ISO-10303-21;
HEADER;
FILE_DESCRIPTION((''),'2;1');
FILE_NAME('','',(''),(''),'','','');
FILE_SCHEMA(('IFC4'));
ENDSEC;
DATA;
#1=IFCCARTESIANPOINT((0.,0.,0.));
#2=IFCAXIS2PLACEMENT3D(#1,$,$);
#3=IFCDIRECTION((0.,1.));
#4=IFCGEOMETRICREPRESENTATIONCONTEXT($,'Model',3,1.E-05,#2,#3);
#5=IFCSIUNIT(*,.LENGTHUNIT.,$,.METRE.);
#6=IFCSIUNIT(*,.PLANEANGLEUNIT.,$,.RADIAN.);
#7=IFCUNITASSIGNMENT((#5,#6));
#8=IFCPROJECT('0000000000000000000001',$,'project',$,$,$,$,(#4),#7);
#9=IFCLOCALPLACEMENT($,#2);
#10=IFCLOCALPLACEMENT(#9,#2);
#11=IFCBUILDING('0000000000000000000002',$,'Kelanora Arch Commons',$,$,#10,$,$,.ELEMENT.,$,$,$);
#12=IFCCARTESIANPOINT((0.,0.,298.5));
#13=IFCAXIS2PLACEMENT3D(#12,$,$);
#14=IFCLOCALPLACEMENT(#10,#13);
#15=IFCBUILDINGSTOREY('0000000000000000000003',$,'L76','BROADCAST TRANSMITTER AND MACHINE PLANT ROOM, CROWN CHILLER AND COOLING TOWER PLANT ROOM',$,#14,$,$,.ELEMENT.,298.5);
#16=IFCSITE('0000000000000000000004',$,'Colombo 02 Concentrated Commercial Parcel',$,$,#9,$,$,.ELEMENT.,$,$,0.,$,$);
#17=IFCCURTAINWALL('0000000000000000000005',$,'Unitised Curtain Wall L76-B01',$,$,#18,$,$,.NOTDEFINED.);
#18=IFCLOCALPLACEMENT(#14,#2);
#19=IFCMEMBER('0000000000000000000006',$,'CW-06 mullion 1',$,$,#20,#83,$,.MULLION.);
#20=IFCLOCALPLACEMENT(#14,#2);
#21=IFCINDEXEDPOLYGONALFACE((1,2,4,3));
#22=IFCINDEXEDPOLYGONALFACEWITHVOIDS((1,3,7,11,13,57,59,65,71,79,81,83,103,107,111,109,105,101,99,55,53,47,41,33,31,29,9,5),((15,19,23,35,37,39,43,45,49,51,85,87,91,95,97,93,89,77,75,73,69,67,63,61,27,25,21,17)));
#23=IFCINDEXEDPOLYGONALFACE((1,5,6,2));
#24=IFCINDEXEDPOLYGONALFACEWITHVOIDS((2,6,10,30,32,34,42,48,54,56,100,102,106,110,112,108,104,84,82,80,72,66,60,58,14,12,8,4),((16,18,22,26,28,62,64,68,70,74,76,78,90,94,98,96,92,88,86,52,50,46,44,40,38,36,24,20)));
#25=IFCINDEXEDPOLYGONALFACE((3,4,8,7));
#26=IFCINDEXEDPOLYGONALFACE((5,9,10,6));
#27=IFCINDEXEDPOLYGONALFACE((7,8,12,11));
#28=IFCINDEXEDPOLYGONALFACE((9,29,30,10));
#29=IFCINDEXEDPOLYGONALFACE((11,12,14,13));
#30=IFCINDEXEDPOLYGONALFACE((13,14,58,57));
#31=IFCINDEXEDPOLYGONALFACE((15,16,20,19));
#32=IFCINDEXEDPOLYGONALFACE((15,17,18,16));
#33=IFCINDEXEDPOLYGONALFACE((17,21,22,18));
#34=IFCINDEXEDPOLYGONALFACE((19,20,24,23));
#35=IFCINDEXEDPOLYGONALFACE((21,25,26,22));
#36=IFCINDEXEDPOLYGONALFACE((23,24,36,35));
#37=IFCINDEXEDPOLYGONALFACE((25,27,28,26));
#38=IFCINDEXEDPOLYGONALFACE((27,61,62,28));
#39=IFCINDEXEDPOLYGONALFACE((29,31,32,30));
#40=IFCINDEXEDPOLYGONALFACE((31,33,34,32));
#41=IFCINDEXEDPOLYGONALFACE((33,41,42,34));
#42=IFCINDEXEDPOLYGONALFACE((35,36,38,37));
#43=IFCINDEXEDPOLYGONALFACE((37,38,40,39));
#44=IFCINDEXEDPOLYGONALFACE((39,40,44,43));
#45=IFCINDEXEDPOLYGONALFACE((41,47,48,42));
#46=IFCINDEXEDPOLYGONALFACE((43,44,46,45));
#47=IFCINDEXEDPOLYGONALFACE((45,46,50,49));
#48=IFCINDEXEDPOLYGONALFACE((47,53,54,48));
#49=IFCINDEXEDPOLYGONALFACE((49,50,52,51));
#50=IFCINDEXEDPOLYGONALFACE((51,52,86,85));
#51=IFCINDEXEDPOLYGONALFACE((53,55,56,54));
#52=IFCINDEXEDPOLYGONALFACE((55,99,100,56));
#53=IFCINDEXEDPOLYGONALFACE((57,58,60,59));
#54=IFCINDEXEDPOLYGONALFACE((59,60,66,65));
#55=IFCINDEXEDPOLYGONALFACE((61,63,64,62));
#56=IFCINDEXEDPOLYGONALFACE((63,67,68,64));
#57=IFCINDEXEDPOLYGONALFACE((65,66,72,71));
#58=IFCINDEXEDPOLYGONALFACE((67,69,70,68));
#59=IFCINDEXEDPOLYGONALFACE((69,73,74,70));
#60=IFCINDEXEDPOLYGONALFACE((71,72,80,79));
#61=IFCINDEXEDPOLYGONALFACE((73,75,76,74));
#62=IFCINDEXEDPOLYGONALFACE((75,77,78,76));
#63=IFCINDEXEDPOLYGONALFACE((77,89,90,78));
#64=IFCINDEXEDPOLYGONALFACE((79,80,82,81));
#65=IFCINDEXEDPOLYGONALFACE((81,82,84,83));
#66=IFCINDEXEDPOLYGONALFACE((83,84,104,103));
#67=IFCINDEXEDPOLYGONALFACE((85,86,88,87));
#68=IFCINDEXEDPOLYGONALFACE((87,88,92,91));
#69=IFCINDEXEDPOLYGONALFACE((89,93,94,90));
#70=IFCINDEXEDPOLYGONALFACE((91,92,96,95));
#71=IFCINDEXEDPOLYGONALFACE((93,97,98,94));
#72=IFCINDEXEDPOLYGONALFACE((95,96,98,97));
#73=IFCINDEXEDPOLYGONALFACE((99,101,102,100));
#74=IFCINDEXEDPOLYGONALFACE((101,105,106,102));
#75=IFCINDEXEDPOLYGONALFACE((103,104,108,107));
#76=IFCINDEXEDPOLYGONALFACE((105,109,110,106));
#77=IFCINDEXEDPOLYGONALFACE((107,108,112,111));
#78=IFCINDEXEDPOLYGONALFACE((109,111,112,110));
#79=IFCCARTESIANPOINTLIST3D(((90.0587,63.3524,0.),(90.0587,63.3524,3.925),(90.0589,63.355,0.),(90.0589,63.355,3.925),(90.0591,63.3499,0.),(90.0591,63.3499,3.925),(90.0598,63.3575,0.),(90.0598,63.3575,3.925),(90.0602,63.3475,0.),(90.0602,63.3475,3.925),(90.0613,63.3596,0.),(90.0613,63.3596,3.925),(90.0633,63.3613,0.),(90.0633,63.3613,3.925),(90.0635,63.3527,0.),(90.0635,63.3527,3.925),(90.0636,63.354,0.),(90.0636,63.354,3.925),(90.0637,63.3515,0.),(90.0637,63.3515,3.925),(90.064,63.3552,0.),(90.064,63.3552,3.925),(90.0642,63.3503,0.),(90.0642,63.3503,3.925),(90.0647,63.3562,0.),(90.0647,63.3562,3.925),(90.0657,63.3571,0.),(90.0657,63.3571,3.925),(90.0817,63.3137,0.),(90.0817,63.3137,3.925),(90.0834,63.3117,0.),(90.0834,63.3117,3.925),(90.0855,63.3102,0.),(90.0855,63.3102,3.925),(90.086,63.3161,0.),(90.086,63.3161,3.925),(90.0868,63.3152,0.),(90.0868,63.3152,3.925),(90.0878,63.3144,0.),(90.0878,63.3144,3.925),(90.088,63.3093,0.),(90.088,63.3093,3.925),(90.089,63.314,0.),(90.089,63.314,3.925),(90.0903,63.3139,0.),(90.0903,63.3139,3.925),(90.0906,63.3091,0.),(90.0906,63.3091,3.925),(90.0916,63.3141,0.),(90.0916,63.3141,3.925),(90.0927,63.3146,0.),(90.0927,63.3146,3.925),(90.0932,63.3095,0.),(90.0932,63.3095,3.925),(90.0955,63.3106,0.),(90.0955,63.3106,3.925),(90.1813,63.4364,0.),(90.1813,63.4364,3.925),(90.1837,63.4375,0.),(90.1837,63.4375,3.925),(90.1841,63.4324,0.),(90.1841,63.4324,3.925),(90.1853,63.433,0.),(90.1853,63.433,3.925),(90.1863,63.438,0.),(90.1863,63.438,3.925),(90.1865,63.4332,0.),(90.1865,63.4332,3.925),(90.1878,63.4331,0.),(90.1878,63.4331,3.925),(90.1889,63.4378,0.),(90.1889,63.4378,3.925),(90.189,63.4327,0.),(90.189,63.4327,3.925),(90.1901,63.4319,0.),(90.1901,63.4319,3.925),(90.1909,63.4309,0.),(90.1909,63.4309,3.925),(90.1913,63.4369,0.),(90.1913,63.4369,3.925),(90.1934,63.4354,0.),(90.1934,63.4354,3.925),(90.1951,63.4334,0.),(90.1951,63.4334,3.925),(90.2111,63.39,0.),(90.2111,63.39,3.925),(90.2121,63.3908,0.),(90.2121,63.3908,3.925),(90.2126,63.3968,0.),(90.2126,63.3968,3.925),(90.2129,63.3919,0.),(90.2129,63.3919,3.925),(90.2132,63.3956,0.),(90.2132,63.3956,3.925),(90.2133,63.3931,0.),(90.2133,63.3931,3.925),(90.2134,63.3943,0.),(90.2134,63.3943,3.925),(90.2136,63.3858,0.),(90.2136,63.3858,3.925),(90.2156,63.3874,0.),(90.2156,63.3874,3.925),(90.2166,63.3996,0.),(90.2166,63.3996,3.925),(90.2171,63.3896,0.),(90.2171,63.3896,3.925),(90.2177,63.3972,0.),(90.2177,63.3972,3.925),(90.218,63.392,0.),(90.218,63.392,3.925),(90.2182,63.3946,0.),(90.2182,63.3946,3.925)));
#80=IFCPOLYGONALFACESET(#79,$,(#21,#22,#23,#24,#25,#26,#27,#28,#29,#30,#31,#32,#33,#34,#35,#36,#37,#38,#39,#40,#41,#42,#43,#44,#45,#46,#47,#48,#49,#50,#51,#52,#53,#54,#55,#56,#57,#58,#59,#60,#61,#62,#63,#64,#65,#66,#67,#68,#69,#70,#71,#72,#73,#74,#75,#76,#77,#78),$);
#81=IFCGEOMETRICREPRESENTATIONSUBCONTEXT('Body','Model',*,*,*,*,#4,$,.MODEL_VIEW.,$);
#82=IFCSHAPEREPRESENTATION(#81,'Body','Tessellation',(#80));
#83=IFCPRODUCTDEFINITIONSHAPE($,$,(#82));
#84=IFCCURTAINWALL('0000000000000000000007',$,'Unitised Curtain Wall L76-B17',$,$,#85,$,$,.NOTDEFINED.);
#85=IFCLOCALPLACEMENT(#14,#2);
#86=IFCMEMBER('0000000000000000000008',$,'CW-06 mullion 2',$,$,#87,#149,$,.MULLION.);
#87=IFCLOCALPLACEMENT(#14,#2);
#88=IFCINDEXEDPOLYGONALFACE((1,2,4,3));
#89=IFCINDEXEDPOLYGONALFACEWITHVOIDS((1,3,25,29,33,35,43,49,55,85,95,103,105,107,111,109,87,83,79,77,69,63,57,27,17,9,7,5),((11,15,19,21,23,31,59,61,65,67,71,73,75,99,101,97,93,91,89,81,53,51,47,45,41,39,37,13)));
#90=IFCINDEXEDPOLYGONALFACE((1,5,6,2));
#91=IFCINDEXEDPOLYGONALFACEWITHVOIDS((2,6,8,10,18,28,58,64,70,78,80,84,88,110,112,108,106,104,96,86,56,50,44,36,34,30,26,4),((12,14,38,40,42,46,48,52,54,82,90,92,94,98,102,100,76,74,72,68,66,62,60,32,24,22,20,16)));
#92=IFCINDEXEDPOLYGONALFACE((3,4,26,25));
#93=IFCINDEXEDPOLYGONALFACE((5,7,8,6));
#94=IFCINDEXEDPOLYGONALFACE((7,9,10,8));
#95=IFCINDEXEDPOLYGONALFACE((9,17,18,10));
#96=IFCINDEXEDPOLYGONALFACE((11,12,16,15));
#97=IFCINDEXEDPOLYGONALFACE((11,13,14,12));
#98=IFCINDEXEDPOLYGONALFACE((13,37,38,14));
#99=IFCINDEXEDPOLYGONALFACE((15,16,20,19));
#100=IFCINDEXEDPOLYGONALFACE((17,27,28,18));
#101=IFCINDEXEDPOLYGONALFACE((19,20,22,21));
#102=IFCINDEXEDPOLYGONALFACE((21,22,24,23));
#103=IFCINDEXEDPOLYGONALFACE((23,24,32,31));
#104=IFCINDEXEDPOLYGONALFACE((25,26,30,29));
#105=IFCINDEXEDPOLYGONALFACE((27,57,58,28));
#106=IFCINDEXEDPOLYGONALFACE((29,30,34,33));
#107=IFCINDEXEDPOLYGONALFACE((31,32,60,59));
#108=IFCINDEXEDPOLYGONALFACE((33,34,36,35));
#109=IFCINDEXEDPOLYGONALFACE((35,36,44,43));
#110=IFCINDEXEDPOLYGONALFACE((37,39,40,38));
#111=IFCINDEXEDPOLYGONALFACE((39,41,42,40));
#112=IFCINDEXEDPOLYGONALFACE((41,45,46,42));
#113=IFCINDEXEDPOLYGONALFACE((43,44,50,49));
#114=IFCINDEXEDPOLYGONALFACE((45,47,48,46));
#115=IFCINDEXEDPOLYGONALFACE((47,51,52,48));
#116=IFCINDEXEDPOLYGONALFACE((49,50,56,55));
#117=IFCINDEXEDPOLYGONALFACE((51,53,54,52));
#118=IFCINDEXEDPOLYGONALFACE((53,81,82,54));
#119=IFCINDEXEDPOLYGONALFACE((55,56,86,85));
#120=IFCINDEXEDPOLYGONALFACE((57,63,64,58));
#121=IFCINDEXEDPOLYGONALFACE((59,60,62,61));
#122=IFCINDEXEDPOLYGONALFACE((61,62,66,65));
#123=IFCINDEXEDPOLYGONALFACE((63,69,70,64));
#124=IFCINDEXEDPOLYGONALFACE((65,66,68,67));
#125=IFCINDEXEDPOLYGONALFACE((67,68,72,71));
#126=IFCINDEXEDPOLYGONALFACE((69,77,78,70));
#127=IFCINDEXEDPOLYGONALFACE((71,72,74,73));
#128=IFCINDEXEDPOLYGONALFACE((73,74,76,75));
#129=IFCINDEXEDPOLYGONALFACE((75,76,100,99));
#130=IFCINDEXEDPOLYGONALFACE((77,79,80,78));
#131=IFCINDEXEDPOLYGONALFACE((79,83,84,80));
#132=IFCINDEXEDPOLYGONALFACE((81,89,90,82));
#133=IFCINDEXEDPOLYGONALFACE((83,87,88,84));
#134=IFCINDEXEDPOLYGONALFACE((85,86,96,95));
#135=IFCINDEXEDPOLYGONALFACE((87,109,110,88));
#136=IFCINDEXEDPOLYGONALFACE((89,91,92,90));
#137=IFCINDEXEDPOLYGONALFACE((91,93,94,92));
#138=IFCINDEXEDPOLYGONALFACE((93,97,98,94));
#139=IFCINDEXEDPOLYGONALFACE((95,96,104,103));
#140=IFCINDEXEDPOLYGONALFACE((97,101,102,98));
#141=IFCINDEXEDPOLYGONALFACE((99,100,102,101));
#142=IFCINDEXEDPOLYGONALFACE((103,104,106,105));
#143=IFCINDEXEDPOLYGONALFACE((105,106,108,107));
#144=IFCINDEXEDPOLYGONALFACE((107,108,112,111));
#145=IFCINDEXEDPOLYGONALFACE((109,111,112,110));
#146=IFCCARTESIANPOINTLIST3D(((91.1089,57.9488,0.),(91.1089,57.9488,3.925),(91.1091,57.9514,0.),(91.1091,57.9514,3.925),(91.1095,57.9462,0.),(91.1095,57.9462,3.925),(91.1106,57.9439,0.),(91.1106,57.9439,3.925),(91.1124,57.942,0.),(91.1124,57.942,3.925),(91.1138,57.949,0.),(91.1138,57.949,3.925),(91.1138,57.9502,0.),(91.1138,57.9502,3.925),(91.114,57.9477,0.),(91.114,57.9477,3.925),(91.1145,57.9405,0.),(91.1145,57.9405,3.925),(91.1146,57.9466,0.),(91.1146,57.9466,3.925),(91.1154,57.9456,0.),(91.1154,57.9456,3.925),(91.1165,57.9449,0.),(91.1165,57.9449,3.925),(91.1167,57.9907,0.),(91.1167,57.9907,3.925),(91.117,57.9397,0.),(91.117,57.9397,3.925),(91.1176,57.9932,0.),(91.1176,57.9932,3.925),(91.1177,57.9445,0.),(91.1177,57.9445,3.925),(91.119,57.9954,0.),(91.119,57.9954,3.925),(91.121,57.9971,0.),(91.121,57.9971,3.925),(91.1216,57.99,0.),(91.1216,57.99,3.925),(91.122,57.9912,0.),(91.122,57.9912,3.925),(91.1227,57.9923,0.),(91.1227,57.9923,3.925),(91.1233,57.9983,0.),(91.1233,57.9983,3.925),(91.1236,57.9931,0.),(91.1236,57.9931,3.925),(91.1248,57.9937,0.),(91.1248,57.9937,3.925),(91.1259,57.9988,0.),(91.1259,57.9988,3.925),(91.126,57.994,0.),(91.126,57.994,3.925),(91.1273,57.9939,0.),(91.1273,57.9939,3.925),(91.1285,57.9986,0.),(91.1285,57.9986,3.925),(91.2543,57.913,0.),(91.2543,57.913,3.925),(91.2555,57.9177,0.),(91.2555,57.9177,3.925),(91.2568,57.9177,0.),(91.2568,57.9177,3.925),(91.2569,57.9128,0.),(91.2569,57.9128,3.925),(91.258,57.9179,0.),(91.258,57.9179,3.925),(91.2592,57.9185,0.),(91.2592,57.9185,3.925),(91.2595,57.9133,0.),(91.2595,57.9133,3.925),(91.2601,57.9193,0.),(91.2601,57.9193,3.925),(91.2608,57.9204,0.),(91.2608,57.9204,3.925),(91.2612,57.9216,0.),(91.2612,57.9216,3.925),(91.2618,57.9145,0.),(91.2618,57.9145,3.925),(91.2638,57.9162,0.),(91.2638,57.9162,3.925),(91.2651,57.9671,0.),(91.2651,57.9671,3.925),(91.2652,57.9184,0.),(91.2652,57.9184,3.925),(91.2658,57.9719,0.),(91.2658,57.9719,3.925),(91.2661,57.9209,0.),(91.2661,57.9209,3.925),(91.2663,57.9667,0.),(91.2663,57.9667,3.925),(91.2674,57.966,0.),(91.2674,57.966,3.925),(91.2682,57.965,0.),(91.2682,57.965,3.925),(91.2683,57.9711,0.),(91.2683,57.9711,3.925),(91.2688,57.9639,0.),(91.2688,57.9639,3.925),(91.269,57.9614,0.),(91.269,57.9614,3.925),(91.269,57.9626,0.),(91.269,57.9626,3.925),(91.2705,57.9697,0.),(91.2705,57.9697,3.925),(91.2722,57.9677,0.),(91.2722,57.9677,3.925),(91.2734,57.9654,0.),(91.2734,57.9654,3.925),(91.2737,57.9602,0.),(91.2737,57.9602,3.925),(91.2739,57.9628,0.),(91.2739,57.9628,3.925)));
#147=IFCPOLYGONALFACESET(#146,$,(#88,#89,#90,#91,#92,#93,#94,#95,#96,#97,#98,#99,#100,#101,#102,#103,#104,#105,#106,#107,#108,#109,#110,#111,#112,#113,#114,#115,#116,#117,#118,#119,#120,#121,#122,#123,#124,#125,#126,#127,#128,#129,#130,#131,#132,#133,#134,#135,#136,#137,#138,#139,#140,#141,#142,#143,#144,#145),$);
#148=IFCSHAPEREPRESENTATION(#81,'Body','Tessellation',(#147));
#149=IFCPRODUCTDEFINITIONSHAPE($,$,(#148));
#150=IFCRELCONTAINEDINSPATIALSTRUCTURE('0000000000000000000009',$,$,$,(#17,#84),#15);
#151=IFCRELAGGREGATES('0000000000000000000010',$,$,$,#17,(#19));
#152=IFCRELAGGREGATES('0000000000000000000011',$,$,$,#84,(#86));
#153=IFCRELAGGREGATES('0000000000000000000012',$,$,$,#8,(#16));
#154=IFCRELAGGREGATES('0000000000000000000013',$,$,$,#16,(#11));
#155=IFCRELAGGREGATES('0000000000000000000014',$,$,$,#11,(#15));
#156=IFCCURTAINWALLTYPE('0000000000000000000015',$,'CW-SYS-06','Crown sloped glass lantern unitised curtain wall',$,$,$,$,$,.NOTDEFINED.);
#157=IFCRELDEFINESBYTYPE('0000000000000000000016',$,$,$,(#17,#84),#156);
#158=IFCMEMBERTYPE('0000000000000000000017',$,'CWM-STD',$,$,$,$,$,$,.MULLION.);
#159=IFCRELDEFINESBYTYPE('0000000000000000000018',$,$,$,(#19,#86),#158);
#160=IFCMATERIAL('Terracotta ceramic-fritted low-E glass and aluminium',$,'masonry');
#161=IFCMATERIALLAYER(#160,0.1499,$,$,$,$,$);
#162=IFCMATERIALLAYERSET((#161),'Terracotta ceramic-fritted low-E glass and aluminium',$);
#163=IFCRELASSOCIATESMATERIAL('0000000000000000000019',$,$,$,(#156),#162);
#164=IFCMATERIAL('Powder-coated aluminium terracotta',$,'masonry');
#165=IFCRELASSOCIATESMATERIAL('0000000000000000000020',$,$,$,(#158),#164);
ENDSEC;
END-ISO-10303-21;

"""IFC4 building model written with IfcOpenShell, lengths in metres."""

from ifc_helpers import new_model, si_unit, direction, frame, origin, origin_2d, place, context, subcontext, project, spatial, hollow_rectangle, extrude, material, layer, layer_set, material_profile, profile_set, type_object, element, aggregate, save


model = new_model("IFC4")

# Units and contexts
model_context = context("Model", 3, precision=1e-05, world=origin(), true_north=direction((0.0, 1.0)))
body_context = subcontext(model_context, "Body", "Model", "MODEL_VIEW")
ifc_project = project(units=[si_unit("LENGTHUNIT", "METRE"), si_unit("PLANEANGLEUNIT", "RADIAN")], contexts=[model_context])

# Site, building, storey
site_placement = place(None, origin())
site = spatial("IfcSite", under=ifc_project, at=site_placement, Name="Colombo 02 Concentrated Commercial Parcel", CompositionType="ELEMENT", RefElevation=0.0)
building_placement = place(site_placement, origin())
building = spatial("IfcBuilding", under=site, at=building_placement, Name="Kelanora Arch Commons", CompositionType="ELEMENT")
storey_placement = place(building_placement, frame((0.0, 0.0, 298.5)))
storey = spatial("IfcBuildingStorey", under=building, at=storey_placement, Name="L76", Description="BROADCAST TRANSMITTER AND MACHINE PLANT ROOM, CROWN CHILLER AND COOLING TOWER PLANT ROOM", CompositionType="ELEMENT", Elevation=298.5)

# Shared definitions
ifc_material_1 = material(Name="Terracotta ceramic-fritted low-E glass and aluminium", Category="masonry")
ifc_layer_1 = layer(ifc_material_1, 0.1499)
ifc_layer_set_1 = layer_set([ifc_layer_1], Name="Terracotta ceramic-fritted low-E glass and aluminium")
curtain_wall_type = type_object("IfcCurtainWallType", Name="CW-SYS-06", Description="Crown sloped glass lantern unitised curtain wall", PredefinedType="NOTDEFINED", material=ifc_layer_set_1)
ifc_material_2 = material(Name="Powder-coated aluminium terracotta", Category="masonry")
ifc_material_profile_1 = material_profile(ifc_material_2, hollow_rectangle(XDim=0.1599, YDim=0.0601, WallThickness=0.0049, InnerFilletRadius=0.0049, OuterFilletRadius=0.01, at=origin_2d()), Name="CWM160x60")
ifc_profile_set_1 = profile_set([ifc_material_profile_1], Name="Powder-coated aluminium terracotta")
member_type_1 = type_object("IfcMemberType", Name="CWM-STD", PredefinedType="MULLION", material=ifc_profile_set_1)

# Curtain walls, members
curtain_wall_1_placement = place(storey_placement, origin())
curtain_wall_1 = element("IfcCurtainWall", 1, at=curtain_wall_1_placement, inside=storey, type_object=curtain_wall_type, Name="Unitised Curtain Wall L76-B01", PredefinedType="NOTDEFINED")
member_1_placement = place(storey_placement, frame((90.1384, 63.3735, 0.0), z_axis=(0.0, 0.0, 1.0), x_axis=(-0.843592, -0.536984, 0.0)))
member_1 = element("IfcMember", 2, at=member_1_placement, type_object=member_type_1, Name="CW-06 mullion 1", PredefinedType="MULLION", context=body_context, shape_type="SweptSolid", body=[
    extrude(hollow_rectangle(XDim=0.1599, YDim=0.0601, WallThickness=0.0049, InnerFilletRadius=0.0049, OuterFilletRadius=0.01, at=origin_2d()), origin(), (0.0, 0.0, 1.0), 3.925),
])
curtain_wall_2_placement = place(storey_placement, origin())
curtain_wall_2 = element("IfcCurtainWall", 3, at=curtain_wall_2_placement, inside=storey, type_object=curtain_wall_type, Name="Unitised Curtain Wall L76-B17", PredefinedType="NOTDEFINED")
member_2_placement = place(storey_placement, frame((91.1914, 57.9558, 0.0), z_axis=(0.0, 0.0, 1.0), x_axis=(-0.981624, 0.190827, 0.0)))
member_2 = element("IfcMember", 4, at=member_2_placement, type_object=member_type_1, Name="CW-06 mullion 2", PredefinedType="MULLION", context=body_context, shape_type="SweptSolid", body=[
    extrude(hollow_rectangle(XDim=0.1599, YDim=0.0601, WallThickness=0.0049, InnerFilletRadius=0.0049, OuterFilletRadius=0.01, at=origin_2d()), origin(), (0.0, 0.0, 1.0), 3.925),
])

aggregate(curtain_wall_1, [member_1])

aggregate(curtain_wall_2, [member_2])

save(model, "model.ifc")
